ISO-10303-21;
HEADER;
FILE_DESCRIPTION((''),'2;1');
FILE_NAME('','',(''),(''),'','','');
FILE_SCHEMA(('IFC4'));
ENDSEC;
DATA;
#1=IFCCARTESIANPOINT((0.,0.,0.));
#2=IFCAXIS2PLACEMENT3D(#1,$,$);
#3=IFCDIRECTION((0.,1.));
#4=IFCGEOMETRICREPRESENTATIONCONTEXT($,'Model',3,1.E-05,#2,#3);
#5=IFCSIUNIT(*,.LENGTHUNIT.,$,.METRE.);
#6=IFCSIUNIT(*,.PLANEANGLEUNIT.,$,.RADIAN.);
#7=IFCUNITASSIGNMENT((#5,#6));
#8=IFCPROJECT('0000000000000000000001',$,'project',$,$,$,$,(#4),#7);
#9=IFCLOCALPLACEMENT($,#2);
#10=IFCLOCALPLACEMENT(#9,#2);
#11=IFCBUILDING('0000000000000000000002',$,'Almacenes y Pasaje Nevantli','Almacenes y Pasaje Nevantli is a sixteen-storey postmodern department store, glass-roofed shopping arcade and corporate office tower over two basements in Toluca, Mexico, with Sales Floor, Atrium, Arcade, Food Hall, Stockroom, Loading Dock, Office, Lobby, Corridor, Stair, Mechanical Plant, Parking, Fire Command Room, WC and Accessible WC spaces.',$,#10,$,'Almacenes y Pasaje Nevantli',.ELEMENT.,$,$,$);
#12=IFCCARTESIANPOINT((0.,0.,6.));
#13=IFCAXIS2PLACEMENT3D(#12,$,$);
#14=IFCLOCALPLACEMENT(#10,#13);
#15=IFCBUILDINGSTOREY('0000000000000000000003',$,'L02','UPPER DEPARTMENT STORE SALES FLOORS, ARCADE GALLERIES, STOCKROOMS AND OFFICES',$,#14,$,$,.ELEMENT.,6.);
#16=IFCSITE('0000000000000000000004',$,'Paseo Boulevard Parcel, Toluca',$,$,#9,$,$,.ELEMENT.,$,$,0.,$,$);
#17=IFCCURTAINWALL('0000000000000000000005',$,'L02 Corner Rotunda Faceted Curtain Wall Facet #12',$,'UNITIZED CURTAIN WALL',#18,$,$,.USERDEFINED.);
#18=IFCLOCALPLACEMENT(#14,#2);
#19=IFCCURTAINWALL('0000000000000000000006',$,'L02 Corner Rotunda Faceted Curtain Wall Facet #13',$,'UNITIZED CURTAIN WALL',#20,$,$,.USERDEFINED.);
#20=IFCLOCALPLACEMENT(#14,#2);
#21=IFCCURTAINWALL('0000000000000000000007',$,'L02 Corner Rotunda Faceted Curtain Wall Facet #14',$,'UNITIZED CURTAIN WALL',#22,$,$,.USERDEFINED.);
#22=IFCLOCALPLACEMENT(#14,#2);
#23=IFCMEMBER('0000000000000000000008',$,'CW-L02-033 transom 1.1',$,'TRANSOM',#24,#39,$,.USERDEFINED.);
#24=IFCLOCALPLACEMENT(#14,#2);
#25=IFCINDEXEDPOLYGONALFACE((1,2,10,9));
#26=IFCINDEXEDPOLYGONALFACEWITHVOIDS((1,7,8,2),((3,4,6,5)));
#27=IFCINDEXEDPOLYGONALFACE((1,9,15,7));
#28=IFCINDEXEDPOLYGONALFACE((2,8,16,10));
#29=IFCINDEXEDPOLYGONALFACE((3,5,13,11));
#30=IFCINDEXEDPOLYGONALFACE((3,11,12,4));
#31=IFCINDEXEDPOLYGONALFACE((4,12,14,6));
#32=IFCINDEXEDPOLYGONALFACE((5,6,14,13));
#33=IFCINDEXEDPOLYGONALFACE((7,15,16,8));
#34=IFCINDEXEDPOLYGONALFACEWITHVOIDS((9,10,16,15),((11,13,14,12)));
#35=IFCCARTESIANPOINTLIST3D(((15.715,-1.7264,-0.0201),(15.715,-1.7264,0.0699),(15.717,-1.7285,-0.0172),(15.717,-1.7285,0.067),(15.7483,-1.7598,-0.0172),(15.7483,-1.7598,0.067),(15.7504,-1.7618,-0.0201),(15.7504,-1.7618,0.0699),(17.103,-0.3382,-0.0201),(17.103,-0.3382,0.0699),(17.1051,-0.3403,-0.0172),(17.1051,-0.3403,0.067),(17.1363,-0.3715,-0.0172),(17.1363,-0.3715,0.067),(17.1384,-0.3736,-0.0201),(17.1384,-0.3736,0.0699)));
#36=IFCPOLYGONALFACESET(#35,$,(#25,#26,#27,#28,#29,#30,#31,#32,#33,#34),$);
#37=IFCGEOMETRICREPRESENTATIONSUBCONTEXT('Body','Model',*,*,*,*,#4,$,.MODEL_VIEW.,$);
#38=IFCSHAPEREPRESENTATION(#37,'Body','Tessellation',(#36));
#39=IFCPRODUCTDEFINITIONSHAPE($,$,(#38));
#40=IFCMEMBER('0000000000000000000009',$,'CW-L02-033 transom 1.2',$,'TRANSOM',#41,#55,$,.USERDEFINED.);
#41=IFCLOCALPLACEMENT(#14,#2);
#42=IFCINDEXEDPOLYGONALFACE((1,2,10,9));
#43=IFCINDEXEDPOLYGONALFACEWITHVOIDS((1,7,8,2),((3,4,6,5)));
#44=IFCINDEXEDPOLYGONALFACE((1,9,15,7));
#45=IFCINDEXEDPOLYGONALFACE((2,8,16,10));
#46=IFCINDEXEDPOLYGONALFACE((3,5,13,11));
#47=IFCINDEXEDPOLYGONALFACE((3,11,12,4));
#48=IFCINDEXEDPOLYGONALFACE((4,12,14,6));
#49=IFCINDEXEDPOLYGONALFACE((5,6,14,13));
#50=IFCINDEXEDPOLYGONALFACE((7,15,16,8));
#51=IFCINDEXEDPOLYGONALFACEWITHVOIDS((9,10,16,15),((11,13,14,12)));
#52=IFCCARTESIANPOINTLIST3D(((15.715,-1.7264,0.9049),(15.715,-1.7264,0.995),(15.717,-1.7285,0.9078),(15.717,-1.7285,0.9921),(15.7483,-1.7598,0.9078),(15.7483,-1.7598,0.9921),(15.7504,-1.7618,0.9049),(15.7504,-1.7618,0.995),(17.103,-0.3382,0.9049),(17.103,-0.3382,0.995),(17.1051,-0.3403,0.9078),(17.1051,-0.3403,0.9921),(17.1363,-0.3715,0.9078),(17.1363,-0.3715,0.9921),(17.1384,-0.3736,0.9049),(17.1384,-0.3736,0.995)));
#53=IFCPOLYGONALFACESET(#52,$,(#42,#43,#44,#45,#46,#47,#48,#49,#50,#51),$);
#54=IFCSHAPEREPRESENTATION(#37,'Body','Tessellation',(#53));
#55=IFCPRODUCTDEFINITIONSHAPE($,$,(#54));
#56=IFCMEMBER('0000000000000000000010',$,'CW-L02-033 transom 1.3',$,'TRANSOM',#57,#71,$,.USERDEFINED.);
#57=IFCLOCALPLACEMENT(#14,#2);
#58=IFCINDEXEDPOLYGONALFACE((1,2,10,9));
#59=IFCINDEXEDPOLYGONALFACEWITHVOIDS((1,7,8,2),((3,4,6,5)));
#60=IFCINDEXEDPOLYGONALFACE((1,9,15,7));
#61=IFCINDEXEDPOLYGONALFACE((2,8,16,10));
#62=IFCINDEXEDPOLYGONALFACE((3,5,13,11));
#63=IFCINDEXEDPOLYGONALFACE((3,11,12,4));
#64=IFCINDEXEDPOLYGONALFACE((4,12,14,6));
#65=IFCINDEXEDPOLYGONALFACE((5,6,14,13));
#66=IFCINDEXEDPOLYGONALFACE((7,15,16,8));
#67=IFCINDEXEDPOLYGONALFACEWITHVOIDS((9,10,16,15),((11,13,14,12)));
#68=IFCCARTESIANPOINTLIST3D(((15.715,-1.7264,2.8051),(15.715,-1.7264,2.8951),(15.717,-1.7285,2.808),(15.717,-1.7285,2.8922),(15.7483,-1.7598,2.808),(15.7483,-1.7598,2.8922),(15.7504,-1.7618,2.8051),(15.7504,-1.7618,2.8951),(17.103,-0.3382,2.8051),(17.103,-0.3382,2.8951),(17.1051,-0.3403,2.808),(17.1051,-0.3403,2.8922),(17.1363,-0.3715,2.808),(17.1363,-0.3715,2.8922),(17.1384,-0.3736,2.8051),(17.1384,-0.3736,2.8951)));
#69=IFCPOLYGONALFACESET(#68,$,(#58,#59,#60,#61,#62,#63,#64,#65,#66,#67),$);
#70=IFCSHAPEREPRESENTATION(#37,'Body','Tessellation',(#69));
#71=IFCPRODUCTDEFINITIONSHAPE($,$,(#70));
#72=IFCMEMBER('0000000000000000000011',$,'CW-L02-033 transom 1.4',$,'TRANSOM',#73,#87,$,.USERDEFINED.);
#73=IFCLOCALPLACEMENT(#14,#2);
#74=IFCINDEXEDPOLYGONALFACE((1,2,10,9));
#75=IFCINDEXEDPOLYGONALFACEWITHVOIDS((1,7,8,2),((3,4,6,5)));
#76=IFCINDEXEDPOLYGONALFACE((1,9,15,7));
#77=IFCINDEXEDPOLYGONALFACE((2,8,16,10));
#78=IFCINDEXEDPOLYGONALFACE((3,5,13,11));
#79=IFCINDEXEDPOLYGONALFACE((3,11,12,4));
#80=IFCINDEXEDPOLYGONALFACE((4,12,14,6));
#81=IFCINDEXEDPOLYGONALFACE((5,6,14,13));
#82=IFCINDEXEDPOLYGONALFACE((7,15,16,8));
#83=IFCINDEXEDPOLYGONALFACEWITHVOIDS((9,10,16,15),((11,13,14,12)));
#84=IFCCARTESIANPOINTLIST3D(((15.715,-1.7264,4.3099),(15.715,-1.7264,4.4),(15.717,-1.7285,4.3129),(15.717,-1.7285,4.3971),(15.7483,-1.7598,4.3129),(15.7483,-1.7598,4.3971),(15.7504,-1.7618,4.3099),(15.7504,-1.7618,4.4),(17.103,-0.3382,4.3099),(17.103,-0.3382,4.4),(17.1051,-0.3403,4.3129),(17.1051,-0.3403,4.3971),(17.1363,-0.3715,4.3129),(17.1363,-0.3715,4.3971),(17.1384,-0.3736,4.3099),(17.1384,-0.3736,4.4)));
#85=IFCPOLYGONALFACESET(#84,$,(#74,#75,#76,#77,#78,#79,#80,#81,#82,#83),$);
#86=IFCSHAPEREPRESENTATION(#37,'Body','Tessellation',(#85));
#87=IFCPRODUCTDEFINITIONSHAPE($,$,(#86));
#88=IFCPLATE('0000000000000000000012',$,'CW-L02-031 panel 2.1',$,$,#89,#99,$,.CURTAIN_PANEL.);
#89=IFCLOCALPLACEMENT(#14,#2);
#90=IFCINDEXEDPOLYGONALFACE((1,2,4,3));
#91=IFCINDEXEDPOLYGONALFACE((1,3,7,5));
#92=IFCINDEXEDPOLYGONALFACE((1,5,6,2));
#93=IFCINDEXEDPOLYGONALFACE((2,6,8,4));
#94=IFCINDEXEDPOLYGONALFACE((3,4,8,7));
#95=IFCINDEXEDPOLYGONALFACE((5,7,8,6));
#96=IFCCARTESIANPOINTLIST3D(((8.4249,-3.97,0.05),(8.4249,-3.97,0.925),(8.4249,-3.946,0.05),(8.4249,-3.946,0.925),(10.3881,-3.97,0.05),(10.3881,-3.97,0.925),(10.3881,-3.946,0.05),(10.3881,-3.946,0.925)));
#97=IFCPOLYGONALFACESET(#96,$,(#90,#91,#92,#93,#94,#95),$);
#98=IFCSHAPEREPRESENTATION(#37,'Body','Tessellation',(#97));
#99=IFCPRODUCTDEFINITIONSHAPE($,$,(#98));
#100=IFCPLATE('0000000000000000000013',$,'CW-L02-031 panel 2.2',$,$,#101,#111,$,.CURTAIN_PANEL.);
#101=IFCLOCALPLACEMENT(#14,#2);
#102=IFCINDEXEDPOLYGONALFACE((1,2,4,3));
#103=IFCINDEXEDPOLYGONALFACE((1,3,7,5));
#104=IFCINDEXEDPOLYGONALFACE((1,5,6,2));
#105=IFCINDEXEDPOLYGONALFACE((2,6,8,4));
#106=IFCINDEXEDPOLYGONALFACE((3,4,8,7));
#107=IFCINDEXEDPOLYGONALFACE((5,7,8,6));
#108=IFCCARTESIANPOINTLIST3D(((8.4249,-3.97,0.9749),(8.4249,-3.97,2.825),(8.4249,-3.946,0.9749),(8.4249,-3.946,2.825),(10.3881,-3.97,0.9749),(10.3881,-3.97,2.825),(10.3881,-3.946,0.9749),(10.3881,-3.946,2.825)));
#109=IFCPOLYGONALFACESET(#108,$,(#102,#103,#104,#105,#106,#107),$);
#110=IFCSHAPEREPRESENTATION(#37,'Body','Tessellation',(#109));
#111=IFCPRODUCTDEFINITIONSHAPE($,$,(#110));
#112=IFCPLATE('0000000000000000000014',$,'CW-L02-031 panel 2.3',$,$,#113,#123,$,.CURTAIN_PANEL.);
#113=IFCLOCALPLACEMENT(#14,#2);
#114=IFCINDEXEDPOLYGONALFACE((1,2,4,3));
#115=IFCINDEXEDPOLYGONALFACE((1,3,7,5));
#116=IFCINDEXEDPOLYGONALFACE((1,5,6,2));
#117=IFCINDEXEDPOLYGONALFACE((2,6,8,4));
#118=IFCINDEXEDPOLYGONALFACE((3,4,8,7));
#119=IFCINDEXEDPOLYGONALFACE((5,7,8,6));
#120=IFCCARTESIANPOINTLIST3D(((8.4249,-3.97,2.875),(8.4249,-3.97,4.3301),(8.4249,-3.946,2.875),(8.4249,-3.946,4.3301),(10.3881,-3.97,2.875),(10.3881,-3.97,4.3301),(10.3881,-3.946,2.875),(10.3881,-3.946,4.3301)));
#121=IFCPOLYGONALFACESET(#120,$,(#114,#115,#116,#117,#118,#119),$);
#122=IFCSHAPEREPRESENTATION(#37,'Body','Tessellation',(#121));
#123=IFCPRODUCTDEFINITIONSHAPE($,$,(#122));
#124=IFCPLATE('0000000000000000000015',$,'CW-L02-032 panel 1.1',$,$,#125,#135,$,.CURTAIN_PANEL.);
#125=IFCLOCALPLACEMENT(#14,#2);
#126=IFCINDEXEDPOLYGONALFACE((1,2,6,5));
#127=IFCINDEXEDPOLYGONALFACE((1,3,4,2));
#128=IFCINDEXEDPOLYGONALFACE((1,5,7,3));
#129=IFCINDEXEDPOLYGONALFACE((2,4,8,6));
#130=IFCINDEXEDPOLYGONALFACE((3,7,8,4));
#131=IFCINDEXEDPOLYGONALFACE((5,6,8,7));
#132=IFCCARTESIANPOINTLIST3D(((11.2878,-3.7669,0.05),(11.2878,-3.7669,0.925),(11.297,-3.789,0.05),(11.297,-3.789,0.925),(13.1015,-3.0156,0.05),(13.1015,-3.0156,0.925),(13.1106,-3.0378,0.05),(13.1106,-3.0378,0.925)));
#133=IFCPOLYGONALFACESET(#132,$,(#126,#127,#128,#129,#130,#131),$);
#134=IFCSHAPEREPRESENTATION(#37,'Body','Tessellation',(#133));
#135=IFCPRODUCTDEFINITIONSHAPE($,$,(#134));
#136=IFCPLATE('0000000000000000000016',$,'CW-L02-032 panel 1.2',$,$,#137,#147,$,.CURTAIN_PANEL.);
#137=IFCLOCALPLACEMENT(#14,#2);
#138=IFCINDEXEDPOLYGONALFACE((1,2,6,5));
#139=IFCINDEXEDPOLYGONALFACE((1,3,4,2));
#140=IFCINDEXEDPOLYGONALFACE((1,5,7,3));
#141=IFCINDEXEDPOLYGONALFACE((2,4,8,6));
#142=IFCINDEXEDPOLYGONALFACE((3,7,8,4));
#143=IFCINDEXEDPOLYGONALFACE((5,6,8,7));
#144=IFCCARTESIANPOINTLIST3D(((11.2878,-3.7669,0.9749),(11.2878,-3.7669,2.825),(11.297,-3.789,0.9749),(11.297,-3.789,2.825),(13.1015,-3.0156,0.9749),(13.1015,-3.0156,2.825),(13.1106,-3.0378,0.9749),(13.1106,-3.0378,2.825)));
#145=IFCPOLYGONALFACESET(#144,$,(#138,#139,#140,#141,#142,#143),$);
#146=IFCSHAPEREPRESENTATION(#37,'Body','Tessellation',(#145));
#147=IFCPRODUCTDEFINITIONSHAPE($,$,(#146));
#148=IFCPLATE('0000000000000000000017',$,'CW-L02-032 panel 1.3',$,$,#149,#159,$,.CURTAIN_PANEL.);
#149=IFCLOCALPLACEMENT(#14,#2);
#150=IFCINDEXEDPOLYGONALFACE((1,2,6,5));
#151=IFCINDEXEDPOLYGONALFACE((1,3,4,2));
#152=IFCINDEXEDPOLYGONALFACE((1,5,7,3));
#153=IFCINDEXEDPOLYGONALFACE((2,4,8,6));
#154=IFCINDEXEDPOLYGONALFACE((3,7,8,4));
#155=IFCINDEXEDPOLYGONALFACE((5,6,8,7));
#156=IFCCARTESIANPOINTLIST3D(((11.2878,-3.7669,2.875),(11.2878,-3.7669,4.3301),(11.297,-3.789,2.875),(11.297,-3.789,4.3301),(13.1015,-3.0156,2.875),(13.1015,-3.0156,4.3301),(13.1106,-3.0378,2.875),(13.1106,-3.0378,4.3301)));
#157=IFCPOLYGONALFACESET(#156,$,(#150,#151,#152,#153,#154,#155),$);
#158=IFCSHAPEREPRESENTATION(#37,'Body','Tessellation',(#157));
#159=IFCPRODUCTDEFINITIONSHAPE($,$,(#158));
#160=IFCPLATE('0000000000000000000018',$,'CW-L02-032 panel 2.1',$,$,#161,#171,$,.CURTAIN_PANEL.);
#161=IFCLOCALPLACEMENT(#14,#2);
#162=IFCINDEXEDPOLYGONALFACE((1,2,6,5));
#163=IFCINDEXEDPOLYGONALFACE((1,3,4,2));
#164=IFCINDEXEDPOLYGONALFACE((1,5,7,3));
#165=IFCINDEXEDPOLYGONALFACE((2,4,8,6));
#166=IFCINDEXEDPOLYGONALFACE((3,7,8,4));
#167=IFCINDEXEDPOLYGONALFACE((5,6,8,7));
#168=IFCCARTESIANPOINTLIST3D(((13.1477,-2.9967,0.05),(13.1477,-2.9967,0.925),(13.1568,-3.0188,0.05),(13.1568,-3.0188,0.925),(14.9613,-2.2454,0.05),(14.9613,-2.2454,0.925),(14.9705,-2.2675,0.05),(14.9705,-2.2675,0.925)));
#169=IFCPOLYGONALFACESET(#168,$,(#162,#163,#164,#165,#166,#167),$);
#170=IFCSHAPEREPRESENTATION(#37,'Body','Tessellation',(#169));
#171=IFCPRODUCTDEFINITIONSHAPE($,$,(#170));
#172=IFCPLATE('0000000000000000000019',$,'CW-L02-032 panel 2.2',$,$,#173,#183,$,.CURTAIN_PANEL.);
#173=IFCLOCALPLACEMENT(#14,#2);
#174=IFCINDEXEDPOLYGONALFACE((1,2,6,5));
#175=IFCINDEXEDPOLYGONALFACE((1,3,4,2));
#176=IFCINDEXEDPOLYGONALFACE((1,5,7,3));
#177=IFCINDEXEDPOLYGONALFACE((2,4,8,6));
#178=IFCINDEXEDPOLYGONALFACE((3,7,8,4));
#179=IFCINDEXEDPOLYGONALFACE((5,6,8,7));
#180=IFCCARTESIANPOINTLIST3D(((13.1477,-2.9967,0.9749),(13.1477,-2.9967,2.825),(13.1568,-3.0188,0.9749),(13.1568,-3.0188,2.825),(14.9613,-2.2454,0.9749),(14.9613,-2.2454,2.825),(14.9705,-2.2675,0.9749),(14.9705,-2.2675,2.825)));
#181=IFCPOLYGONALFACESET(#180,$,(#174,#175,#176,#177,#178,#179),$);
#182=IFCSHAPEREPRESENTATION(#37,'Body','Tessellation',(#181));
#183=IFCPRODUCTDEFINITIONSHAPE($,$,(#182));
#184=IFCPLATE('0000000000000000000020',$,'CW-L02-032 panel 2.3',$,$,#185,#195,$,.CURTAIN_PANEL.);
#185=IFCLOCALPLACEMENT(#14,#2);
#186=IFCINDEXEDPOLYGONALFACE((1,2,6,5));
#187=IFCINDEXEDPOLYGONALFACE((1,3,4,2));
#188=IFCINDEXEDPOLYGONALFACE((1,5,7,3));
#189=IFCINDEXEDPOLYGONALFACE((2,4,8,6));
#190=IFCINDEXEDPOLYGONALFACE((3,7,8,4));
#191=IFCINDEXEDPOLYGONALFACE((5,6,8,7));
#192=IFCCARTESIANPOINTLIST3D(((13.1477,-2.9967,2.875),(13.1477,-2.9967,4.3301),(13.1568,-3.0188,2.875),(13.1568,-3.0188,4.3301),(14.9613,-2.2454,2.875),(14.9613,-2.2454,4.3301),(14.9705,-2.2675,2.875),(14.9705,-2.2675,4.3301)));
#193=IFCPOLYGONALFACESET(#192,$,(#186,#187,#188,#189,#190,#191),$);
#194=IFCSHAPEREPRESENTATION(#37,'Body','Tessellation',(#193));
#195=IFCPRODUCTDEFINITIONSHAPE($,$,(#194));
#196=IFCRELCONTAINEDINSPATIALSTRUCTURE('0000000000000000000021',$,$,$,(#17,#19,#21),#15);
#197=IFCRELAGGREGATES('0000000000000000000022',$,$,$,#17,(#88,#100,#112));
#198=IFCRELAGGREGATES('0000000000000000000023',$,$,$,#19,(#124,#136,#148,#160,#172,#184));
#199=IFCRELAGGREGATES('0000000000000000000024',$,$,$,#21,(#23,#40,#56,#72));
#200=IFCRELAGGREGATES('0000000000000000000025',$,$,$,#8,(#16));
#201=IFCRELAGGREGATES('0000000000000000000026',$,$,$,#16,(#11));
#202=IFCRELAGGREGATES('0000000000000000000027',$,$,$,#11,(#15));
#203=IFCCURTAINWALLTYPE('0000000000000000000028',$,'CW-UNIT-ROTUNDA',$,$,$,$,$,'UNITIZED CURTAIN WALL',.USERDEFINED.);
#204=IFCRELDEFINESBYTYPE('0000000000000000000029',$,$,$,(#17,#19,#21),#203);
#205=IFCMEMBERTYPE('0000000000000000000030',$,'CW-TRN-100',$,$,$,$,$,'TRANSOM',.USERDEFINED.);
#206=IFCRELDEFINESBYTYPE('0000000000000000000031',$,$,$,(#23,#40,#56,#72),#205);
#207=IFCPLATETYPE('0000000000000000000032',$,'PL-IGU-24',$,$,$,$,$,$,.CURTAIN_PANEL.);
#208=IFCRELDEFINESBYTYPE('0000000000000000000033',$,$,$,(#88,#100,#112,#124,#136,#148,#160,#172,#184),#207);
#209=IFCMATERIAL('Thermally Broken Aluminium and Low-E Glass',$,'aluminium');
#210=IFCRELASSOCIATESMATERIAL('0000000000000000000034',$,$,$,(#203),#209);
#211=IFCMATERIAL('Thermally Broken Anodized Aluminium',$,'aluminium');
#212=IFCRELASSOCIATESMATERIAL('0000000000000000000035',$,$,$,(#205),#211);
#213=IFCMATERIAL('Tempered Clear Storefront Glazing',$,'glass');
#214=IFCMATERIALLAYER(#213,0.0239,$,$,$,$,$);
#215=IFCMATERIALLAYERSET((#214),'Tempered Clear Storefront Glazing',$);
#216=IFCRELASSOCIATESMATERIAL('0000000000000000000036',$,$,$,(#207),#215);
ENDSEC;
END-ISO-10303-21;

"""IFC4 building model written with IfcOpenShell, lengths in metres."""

from ifc_helpers import new_model, si_unit, direction, frame, origin, origin_2d, place, context, subcontext, project, spatial, rectangle, hollow_rectangle, extrude, material, layer, layer_set, material_profile, profile_set, type_object, element, aggregate, save


model = new_model("IFC4")

# Units and contexts
model_context = context("Model", 3, precision=1e-05, world=origin(), true_north=direction((0.0, 1.0)))
body_context = subcontext(model_context, "Body", "Model", "MODEL_VIEW")
ifc_project = project(units=[si_unit("LENGTHUNIT", "METRE"), si_unit("PLANEANGLEUNIT", "RADIAN")], contexts=[model_context])

# Site, building, storey
site_placement = place(None, origin())
site = spatial("IfcSite", under=ifc_project, at=site_placement, Name="Paseo Boulevard Parcel, Toluca", CompositionType="ELEMENT", RefElevation=0.0)
building_placement = place(site_placement, origin())
building = spatial("IfcBuilding", under=site, at=building_placement, Name="Almacenes y Pasaje Nevantli", Description="Almacenes y Pasaje Nevantli is a sixteen-storey postmodern department store, glass-roofed shopping arcade and corporate office tower over two basements in Toluca, Mexico, with Sales Floor, Atrium, Arcade, Food Hall, Stockroom, Loading Dock, Office, Lobby, Corridor, Stair, Mechanical Plant, Parking, Fire Command Room, WC and Accessible WC spaces.", LongName="Almacenes y Pasaje Nevantli", CompositionType="ELEMENT")
storey_placement = place(building_placement, frame((0.0, 0.0, 6.0)))
storey = spatial("IfcBuildingStorey", under=building, at=storey_placement, Name="L02", Description="UPPER DEPARTMENT STORE SALES FLOORS, ARCADE GALLERIES, STOCKROOMS AND OFFICES", CompositionType="ELEMENT", Elevation=6.0)

# Curtain wall
ifc_material_1 = material(Name="Thermally Broken Aluminium and Low-E Glass", Category="aluminium")
curtain_wall_type = type_object("IfcCurtainWallType", Name="CW-UNIT-ROTUNDA", ElementType="UNITIZED CURTAIN WALL", PredefinedType="USERDEFINED", material=ifc_material_1)
curtain_wall_1_placement = place(storey_placement, origin())
curtain_wall_1 = element("IfcCurtainWall", 1, at=curtain_wall_1_placement, inside=storey, type_object=curtain_wall_type, Name="L02 Corner Rotunda Faceted Curtain Wall Facet #12", ObjectType="UNITIZED CURTAIN WALL", PredefinedType="USERDEFINED")

# Curtain wall
curtain_wall_2_placement = place(storey_placement, origin())
curtain_wall_2 = element("IfcCurtainWall", 2, at=curtain_wall_2_placement, inside=storey, type_object=curtain_wall_type, Name="L02 Corner Rotunda Faceted Curtain Wall Facet #13", ObjectType="UNITIZED CURTAIN WALL", PredefinedType="USERDEFINED")

# Curtain wall
curtain_wall_3_placement = place(storey_placement, origin())
curtain_wall_3 = element("IfcCurtainWall", 3, at=curtain_wall_3_placement, inside=storey, type_object=curtain_wall_type, Name="L02 Corner Rotunda Faceted Curtain Wall Facet #14", ObjectType="UNITIZED CURTAIN WALL", PredefinedType="USERDEFINED")

# Members
ifc_material_2 = material(Name="Thermally Broken Anodized Aluminium", Category="aluminium")
ifc_material_profile_1 = material_profile(ifc_material_2, hollow_rectangle(XDim=0.05, YDim=0.0901, WallThickness=0.0029, at=origin_2d()), Name="ALU-TRN-50x90")
ifc_profile_set_1 = profile_set([ifc_material_profile_1], Name="Thermally Broken Anodized Aluminium")
member_type_1 = type_object("IfcMemberType", Name="CW-TRN-100", ElementType="TRANSOM", PredefinedType="USERDEFINED", material=ifc_profile_set_1)
member_1_placement = place(storey_placement, frame((15.7327, -1.7441, 0.0249), z_axis=(0.707045, 0.707169, 0.0), x_axis=(-0.707169, 0.707045, 0.0)))
member_1 = element("IfcMember", 4, at=member_1_placement, type_object=member_type_1, Name="CW-L02-033 transom 1.1", ObjectType="TRANSOM", PredefinedType="USERDEFINED", context=body_context, shape_type="SweptSolid", body=[
    extrude(hollow_rectangle(XDim=0.05, YDim=0.0901, WallThickness=0.0029, at=origin_2d()), origin(), (0.0, 0.0, 1.0), 1.9631),
])
member_2_placement = place(storey_placement, frame((15.7327, -1.7441, 0.95), z_axis=(0.707045, 0.707169, 0.0), x_axis=(-0.707169, 0.707045, 0.0)))
member_2 = element("IfcMember", 5, at=member_2_placement, type_object=member_type_1, Name="CW-L02-033 transom 1.2", ObjectType="TRANSOM", PredefinedType="USERDEFINED", context=body_context, shape_type="SweptSolid", body=[
    extrude(hollow_rectangle(XDim=0.05, YDim=0.0901, WallThickness=0.0029, at=origin_2d()), origin(), (0.0, 0.0, 1.0), 1.9631),
])
member_3_placement = place(storey_placement, frame((15.7327, -1.7441, 2.8501), z_axis=(0.707045, 0.707169, 0.0), x_axis=(-0.707169, 0.707045, 0.0)))
member_3 = element("IfcMember", 6, at=member_3_placement, type_object=member_type_1, Name="CW-L02-033 transom 1.3", ObjectType="TRANSOM", PredefinedType="USERDEFINED", context=body_context, shape_type="SweptSolid", body=[
    extrude(hollow_rectangle(XDim=0.05, YDim=0.0901, WallThickness=0.0029, at=origin_2d()), origin(), (0.0, 0.0, 1.0), 1.9631),
])
member_4_placement = place(storey_placement, frame((15.7327, -1.7441, 4.355), z_axis=(0.707045, 0.707169, 0.0), x_axis=(-0.707169, 0.707045, 0.0)))
member_4 = element("IfcMember", 7, at=member_4_placement, type_object=member_type_1, Name="CW-L02-033 transom 1.4", ObjectType="TRANSOM", PredefinedType="USERDEFINED", context=body_context, shape_type="SweptSolid", body=[
    extrude(hollow_rectangle(XDim=0.05, YDim=0.0901, WallThickness=0.0029, at=origin_2d()), origin(), (0.0, 0.0, 1.0), 1.9631),
])

# Plates
ifc_material_3 = material(Name="Tempered Clear Storefront Glazing", Category="glass")
ifc_layer = layer(ifc_material_3, 0.0239)
ifc_layer_set = layer_set([ifc_layer], Name="Tempered Clear Storefront Glazing")
plate_type = type_object("IfcPlateType", Name="PL-IGU-24", PredefinedType="CURTAIN_PANEL", material=ifc_layer_set)
plate_1_placement = place(storey_placement, frame((9.4065, -3.958, 0.05), z_axis=(0.0, 0.0, 1.0), x_axis=(1.0, 0.0, 0.0)))
plate_1 = element("IfcPlate", 8, at=plate_1_placement, type_object=plate_type, Name="CW-L02-031 panel 2.1", PredefinedType="CURTAIN_PANEL", context=body_context, shape_type="SweptSolid", body=[
    extrude(rectangle(XDim=1.9631, YDim=0.0239, at=origin_2d()), origin(), (0.0, 0.0, 1.0), 0.875),
])
plate_2_placement = place(storey_placement, frame((9.4065, -3.958, 0.9749), z_axis=(0.0, 0.0, 1.0), x_axis=(1.0, 0.0, 0.0)))
plate_2 = element("IfcPlate", 9, at=plate_2_placement, type_object=plate_type, Name="CW-L02-031 panel 2.2", PredefinedType="CURTAIN_PANEL", context=body_context, shape_type="SweptSolid", body=[
    extrude(rectangle(XDim=1.9631, YDim=0.0239, at=origin_2d()), origin(), (0.0, 0.0, 1.0), 1.8501),
])
plate_3_placement = place(storey_placement, frame((9.4065, -3.958, 2.875), z_axis=(0.0, 0.0, 1.0), x_axis=(1.0, 0.0, 0.0)))
plate_3 = element("IfcPlate", 10, at=plate_3_placement, type_object=plate_type, Name="CW-L02-031 panel 2.3", PredefinedType="CURTAIN_PANEL", context=body_context, shape_type="SweptSolid", body=[
    extrude(rectangle(XDim=1.9631, YDim=0.0239, at=origin_2d()), origin(), (0.0, 0.0, 1.0), 1.4551),
])
aggregate(curtain_wall_1, [plate_1, plate_2, plate_3])
plate_4_placement = place(storey_placement, frame((12.1992, -3.4023, 0.05), z_axis=(0.0, 0.0, 1.0), x_axis=(0.923873, 0.382698, 0.0)))
plate_4 = element("IfcPlate", 11, at=plate_4_placement, type_object=plate_type, Name="CW-L02-032 panel 1.1", PredefinedType="CURTAIN_PANEL", context=body_context, shape_type="SweptSolid", body=[
    extrude(rectangle(XDim=1.9631, YDim=0.0239, at=origin_2d()), origin(), (0.0, 0.0, 1.0), 0.875),
])
plate_5_placement = place(storey_placement, frame((12.1992, -3.4023, 0.9749), z_axis=(0.0, 0.0, 1.0), x_axis=(0.923873, 0.382698, 0.0)))
plate_5 = element("IfcPlate", 12, at=plate_5_placement, type_object=plate_type, Name="CW-L02-032 panel 1.2", PredefinedType="CURTAIN_PANEL", context=body_context, shape_type="SweptSolid", body=[
    extrude(rectangle(XDim=1.9631, YDim=0.0239, at=origin_2d()), origin(), (0.0, 0.0, 1.0), 1.8501),
])
plate_6_placement = place(storey_placement, frame((12.1992, -3.4023, 2.875), z_axis=(0.0, 0.0, 1.0), x_axis=(0.923873, 0.382698, 0.0)))
plate_6 = element("IfcPlate", 13, at=plate_6_placement, type_object=plate_type, Name="CW-L02-032 panel 1.3", PredefinedType="CURTAIN_PANEL", context=body_context, shape_type="SweptSolid", body=[
    extrude(rectangle(XDim=1.9631, YDim=0.0239, at=origin_2d()), origin(), (0.0, 0.0, 1.0), 1.4551),
])
plate_7_placement = place(storey_placement, frame((14.0591, -2.6321, 0.05), z_axis=(0.0, 0.0, 1.0), x_axis=(0.923873, 0.382698, 0.0)))
plate_7 = element("IfcPlate", 14, at=plate_7_placement, type_object=plate_type, Name="CW-L02-032 panel 2.1", PredefinedType="CURTAIN_PANEL", context=body_context, shape_type="SweptSolid", body=[
    extrude(rectangle(XDim=1.9631, YDim=0.0239, at=origin_2d()), origin(), (0.0, 0.0, 1.0), 0.875),
])
plate_8_placement = place(storey_placement, frame((14.0591, -2.6321, 0.9749), z_axis=(0.0, 0.0, 1.0), x_axis=(0.923873, 0.382698, 0.0)))
plate_8 = element("IfcPlate", 15, at=plate_8_placement, type_object=plate_type, Name="CW-L02-032 panel 2.2", PredefinedType="CURTAIN_PANEL", context=body_context, shape_type="SweptSolid", body=[
    extrude(rectangle(XDim=1.9631, YDim=0.0239, at=origin_2d()), origin(), (0.0, 0.0, 1.0), 1.8501),
])
plate_9_placement = place(storey_placement, frame((14.0591, -2.6321, 2.875), z_axis=(0.0, 0.0, 1.0), x_axis=(0.923873, 0.382698, 0.0)))
plate_9 = element("IfcPlate", 16, at=plate_9_placement, type_object=plate_type, Name="CW-L02-032 panel 2.3", PredefinedType="CURTAIN_PANEL", context=body_context, shape_type="SweptSolid", body=[
    extrude(rectangle(XDim=1.9631, YDim=0.0239, at=origin_2d()), origin(), (0.0, 0.0, 1.0), 1.4551),
])
aggregate(curtain_wall_2, [plate_4, plate_5, plate_6, plate_7, plate_8, plate_9])
aggregate(curtain_wall_3, [member_1, member_2, member_3, member_4])

save(model, "model.ifc")
